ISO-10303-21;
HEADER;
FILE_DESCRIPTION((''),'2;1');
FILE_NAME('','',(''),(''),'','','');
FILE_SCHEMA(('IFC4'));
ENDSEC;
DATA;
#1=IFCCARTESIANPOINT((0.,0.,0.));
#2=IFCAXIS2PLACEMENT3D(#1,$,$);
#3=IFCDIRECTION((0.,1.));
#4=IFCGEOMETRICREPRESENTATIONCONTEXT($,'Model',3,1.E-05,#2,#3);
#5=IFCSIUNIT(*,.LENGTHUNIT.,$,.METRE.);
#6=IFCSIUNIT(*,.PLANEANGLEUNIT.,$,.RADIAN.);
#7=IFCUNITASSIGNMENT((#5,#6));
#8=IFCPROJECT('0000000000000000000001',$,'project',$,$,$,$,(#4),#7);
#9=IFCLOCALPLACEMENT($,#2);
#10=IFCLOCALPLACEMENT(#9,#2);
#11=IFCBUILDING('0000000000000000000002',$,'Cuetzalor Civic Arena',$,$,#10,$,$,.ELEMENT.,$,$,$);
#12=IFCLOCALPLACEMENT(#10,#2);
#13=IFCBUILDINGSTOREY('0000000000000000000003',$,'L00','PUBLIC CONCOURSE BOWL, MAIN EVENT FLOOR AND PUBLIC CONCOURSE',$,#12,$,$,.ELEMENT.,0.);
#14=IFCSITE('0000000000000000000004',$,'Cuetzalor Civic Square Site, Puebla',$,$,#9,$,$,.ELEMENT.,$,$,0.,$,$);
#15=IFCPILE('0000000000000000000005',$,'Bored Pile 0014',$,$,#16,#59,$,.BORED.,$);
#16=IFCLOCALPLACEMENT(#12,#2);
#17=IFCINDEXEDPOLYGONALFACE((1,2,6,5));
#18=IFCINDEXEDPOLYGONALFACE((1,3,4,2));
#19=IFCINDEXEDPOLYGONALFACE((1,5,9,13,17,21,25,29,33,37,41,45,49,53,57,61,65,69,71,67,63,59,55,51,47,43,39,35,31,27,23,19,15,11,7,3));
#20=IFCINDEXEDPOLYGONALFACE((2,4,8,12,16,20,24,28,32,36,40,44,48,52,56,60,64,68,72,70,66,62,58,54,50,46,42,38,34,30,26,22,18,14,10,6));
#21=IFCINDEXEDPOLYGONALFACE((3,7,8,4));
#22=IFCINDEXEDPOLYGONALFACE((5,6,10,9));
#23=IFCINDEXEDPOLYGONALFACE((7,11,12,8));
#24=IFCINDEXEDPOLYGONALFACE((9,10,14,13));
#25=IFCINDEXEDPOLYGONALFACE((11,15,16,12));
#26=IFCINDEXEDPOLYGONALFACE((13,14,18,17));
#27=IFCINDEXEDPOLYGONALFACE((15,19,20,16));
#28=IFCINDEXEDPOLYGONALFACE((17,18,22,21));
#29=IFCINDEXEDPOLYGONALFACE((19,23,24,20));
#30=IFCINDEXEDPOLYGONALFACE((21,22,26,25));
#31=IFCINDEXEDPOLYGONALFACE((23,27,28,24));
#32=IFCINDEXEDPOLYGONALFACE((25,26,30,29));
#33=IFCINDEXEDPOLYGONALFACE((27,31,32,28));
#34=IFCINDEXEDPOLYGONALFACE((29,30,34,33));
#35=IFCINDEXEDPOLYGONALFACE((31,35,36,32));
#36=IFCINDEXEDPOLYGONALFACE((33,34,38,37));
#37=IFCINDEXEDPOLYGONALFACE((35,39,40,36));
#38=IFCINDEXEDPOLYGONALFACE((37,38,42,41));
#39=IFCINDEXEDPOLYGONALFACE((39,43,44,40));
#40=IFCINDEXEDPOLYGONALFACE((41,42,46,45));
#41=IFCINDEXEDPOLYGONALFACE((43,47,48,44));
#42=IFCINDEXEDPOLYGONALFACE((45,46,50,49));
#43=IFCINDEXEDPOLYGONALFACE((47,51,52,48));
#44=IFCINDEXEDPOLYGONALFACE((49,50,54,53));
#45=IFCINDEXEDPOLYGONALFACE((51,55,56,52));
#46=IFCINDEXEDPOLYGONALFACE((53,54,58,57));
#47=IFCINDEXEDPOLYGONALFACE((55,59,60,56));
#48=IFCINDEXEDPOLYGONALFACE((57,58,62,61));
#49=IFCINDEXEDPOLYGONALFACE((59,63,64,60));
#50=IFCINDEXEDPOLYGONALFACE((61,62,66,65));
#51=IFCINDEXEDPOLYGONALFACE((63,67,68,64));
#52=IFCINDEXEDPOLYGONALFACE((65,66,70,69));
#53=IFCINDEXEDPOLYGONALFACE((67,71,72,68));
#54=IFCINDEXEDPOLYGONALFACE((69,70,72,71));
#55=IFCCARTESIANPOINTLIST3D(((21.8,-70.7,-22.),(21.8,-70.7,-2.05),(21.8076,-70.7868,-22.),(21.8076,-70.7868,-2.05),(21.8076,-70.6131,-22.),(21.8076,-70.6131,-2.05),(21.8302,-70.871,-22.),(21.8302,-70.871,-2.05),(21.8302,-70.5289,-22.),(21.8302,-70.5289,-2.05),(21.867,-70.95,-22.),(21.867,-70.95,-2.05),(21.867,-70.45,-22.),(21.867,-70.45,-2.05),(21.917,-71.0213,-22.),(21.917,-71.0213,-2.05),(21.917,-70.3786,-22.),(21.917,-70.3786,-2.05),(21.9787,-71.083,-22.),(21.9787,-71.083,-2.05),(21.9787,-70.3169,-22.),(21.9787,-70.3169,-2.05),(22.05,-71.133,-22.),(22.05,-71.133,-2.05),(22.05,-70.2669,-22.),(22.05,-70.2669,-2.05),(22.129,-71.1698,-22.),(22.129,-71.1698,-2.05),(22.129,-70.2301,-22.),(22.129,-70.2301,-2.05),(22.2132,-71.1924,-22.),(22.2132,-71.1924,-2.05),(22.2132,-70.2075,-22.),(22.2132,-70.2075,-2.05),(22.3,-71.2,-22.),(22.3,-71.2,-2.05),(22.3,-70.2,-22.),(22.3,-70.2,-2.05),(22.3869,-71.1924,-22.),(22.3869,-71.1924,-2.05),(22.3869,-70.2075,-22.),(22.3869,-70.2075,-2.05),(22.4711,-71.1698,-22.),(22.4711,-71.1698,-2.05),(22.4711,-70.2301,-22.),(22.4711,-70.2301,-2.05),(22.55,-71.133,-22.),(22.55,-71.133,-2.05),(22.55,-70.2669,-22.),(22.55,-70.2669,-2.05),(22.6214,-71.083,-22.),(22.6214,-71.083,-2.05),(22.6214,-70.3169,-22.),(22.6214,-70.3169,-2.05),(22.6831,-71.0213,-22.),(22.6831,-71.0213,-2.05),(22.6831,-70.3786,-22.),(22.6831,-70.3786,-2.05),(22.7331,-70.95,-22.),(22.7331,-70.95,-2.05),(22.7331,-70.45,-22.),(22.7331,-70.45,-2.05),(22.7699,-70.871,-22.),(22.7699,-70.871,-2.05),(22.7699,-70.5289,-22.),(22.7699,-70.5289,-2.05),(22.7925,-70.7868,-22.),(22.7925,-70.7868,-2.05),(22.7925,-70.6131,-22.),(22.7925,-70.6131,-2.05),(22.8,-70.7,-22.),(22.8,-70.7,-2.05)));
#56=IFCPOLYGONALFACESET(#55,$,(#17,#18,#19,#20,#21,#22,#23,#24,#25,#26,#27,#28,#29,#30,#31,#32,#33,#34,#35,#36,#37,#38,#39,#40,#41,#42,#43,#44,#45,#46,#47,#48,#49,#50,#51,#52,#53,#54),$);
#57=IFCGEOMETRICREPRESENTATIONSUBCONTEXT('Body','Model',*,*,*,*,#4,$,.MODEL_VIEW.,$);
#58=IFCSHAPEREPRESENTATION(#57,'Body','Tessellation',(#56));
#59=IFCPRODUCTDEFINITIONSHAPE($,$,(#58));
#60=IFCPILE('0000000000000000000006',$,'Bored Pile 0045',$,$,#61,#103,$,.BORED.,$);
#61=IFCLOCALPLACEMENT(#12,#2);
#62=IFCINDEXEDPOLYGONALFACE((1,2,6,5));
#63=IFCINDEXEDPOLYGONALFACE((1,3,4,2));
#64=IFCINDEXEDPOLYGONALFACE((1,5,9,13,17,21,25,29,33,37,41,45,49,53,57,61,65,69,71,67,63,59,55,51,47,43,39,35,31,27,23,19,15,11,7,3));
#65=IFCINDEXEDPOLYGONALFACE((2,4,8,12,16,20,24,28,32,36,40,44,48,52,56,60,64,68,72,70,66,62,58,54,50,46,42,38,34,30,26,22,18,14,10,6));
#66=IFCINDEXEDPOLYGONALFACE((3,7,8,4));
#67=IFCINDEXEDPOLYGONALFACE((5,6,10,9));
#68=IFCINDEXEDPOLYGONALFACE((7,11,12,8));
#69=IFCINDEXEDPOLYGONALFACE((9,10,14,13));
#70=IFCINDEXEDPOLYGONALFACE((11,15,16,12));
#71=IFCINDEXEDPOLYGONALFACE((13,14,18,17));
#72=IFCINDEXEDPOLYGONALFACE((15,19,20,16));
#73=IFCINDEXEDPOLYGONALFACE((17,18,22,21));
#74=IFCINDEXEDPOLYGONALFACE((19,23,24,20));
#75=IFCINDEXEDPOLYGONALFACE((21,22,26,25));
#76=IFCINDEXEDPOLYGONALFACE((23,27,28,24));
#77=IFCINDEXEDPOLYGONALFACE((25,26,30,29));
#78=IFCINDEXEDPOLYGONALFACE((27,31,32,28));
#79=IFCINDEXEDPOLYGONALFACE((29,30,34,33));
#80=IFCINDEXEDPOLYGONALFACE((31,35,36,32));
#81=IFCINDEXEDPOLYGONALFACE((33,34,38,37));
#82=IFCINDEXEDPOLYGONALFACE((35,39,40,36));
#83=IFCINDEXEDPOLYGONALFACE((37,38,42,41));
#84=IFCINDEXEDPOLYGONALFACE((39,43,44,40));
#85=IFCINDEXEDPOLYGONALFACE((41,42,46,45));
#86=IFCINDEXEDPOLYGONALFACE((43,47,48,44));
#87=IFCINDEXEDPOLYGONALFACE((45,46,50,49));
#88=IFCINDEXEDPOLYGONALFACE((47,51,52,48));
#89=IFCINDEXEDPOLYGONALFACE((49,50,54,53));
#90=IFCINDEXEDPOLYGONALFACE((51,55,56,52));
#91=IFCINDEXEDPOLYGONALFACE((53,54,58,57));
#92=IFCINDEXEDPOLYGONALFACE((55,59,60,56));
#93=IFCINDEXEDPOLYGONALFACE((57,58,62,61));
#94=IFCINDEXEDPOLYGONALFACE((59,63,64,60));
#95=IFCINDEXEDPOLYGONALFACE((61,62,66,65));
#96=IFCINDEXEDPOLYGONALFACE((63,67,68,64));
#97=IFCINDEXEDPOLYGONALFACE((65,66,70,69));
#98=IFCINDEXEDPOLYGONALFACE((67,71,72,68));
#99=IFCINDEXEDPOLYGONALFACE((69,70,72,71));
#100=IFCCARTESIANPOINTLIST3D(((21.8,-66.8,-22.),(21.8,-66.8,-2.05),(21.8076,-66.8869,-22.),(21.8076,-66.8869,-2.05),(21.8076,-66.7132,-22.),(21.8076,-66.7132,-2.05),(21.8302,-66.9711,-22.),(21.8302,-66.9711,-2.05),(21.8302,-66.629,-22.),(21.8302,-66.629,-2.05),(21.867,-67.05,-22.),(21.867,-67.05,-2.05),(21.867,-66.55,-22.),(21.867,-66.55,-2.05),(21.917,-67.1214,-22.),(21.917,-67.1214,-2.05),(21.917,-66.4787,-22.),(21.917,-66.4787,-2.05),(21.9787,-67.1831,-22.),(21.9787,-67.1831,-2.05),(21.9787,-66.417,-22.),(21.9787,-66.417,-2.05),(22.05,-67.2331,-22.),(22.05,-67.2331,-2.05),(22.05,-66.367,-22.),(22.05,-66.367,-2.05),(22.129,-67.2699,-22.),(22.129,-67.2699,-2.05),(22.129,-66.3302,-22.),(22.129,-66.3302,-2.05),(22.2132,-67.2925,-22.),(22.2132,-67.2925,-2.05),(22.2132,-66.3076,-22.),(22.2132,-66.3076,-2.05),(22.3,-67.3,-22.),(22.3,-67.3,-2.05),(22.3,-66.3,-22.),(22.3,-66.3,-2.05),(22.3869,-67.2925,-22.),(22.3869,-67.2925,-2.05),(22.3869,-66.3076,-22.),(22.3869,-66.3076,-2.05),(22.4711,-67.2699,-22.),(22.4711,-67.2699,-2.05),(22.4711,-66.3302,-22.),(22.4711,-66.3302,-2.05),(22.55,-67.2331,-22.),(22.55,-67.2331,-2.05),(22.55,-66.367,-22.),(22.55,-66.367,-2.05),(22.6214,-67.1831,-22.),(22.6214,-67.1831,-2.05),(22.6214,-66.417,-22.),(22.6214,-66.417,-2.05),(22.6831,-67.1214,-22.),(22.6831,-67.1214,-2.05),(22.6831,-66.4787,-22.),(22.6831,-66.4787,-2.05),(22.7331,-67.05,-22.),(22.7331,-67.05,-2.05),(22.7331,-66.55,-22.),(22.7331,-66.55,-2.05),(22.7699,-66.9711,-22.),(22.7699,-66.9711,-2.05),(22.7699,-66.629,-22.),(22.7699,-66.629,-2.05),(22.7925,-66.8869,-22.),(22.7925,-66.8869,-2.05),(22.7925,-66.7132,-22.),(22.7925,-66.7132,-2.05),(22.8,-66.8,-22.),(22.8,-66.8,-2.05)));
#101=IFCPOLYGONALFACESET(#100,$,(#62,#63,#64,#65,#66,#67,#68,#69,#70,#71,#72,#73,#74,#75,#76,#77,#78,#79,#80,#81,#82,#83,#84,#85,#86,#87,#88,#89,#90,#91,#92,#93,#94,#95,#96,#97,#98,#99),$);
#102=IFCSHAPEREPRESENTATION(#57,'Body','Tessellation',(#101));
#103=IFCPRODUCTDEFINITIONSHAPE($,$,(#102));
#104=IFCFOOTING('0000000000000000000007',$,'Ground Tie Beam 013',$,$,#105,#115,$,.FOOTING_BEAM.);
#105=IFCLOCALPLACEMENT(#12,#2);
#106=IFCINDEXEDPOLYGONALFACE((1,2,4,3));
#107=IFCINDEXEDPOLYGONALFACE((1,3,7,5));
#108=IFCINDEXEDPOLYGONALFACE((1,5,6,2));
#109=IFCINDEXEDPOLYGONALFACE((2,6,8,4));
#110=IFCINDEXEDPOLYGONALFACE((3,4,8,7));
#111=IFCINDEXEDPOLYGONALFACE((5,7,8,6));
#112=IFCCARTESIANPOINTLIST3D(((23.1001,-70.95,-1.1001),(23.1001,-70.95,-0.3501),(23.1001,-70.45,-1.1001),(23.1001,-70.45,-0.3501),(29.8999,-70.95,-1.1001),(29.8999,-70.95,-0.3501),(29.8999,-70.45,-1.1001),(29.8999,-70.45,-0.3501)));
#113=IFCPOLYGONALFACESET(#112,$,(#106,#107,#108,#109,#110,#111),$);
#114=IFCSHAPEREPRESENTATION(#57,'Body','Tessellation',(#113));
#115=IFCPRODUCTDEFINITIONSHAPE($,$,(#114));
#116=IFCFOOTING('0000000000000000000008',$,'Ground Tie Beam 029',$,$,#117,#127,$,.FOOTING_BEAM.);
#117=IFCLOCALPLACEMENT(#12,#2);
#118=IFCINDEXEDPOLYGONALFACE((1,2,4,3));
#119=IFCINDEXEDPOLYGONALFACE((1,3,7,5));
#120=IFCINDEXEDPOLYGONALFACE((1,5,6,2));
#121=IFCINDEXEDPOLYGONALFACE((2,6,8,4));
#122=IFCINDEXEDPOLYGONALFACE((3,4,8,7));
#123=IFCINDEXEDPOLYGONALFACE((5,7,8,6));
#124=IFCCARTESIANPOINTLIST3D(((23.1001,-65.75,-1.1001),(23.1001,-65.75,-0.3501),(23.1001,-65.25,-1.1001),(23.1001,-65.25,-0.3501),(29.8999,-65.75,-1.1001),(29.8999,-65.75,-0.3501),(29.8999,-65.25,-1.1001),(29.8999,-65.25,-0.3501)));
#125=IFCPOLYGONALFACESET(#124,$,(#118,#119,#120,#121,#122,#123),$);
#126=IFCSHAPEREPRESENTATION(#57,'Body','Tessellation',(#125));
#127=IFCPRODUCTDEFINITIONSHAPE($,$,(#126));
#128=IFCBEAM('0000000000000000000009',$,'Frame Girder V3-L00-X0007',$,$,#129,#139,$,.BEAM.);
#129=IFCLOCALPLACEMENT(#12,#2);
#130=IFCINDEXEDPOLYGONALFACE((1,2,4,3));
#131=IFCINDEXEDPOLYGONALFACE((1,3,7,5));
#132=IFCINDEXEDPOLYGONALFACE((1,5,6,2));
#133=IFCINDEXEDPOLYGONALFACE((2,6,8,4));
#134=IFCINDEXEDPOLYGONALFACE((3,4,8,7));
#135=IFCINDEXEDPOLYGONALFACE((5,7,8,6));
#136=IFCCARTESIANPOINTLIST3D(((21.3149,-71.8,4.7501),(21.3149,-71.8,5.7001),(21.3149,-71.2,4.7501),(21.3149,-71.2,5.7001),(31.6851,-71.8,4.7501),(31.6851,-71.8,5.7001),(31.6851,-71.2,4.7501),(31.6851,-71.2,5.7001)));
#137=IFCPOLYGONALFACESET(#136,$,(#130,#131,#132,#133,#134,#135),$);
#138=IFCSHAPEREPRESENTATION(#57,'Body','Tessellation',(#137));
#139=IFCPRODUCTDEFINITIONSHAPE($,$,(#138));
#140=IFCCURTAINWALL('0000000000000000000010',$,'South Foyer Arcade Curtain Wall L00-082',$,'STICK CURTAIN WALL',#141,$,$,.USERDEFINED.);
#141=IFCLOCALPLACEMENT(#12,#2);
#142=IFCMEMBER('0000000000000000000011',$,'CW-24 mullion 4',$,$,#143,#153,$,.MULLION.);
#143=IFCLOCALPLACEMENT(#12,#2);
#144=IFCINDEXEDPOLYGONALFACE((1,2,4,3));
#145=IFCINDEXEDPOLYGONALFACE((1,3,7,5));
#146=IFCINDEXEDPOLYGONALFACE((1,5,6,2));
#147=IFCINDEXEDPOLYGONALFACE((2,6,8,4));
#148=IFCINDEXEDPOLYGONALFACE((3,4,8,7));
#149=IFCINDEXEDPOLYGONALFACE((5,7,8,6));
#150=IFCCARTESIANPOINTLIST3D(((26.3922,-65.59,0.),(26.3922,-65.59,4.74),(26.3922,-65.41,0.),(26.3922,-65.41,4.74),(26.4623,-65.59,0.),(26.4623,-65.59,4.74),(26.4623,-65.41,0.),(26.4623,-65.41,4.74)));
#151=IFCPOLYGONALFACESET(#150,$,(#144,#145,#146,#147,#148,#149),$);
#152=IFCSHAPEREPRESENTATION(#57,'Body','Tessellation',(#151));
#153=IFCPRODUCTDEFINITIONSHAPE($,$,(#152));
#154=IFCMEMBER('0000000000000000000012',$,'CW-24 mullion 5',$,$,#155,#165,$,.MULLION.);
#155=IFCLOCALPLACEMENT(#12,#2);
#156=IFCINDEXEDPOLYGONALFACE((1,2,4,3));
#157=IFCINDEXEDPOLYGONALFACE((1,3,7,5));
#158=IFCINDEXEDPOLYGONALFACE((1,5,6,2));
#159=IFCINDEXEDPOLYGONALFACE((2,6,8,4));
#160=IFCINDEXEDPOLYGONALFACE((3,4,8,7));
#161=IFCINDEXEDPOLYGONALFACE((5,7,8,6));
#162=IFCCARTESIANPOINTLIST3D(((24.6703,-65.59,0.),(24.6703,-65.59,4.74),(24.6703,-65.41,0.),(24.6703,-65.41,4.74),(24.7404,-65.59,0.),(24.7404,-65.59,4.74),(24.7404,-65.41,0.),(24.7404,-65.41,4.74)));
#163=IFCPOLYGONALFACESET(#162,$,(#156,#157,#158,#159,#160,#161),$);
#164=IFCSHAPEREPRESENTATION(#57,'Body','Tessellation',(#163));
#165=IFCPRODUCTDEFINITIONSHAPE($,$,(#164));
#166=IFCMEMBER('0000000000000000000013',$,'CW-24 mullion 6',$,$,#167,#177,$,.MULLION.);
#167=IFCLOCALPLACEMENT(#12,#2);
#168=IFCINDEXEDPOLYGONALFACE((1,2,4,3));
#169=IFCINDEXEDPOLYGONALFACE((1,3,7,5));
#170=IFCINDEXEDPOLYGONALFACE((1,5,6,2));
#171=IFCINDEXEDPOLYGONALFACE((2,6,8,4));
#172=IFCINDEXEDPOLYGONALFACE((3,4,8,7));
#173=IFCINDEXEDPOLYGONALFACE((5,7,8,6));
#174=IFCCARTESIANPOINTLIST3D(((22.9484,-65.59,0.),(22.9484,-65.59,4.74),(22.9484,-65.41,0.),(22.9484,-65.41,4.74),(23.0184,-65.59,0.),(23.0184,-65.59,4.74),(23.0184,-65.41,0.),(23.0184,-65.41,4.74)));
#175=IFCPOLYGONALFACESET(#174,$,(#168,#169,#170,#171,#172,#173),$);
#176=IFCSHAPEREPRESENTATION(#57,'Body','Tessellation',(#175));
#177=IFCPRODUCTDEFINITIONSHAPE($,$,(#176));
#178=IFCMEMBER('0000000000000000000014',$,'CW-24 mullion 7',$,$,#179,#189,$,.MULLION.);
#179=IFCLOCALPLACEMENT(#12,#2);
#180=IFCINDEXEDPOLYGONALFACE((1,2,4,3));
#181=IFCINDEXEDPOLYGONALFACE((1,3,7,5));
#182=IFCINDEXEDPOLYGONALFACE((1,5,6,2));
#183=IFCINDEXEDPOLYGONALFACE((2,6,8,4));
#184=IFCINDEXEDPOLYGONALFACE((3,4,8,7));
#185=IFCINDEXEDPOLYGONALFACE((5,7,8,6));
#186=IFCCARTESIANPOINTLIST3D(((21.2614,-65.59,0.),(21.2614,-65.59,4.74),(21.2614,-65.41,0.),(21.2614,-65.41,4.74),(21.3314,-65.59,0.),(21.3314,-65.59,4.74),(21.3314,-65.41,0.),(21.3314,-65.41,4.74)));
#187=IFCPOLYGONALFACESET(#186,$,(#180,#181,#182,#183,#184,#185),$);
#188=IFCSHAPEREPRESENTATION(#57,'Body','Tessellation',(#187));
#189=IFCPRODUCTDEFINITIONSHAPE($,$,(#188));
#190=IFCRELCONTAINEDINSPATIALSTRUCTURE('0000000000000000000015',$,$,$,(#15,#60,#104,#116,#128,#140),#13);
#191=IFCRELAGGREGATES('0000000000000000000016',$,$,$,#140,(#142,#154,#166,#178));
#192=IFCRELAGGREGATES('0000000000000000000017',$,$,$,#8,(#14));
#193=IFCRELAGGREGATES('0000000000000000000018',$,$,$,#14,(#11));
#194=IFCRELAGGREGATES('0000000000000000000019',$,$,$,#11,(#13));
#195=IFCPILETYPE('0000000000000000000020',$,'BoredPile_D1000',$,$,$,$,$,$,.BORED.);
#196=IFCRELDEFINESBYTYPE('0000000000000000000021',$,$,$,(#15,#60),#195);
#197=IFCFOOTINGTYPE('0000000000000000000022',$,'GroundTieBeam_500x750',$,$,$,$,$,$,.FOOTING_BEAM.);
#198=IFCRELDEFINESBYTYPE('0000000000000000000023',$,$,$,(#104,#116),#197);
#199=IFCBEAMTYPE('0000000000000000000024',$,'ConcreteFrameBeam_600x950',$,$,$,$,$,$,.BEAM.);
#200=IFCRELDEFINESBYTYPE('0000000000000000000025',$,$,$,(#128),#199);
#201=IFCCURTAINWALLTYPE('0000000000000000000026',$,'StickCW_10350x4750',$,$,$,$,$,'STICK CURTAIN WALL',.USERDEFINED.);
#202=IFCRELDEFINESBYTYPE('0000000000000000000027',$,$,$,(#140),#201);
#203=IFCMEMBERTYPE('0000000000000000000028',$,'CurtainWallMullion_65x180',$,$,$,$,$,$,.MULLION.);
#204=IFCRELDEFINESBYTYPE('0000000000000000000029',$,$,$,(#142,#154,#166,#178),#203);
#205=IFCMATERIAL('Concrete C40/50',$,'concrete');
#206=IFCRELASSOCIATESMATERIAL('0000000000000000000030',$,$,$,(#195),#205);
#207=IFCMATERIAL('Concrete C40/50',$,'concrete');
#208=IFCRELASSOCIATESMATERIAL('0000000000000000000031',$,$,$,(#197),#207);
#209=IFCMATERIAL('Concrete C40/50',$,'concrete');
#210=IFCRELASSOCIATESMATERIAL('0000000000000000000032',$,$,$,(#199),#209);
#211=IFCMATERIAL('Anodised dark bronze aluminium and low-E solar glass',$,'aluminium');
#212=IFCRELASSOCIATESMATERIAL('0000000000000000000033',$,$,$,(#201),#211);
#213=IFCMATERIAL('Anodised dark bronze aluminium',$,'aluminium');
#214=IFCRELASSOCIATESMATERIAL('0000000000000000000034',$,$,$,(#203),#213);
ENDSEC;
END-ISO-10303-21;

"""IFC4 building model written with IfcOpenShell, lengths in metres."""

from ifc_helpers import new_model, si_unit, direction, frame, origin, origin_2d, place, context, subcontext, project, spatial, rectangle, circle, extrude, material, material_profile, profile_set, type_object, element, aggregate, save


model = new_model("IFC4")

# Units and contexts
model_context = context("Model", 3, precision=1e-05, world=origin(), true_north=direction((0.0, 1.0)))
body_context = subcontext(model_context, "Body", "Model", "MODEL_VIEW")
ifc_project = project(units=[si_unit("LENGTHUNIT", "METRE"), si_unit("PLANEANGLEUNIT", "RADIAN")], contexts=[model_context])

# Site, building, storey
site_placement = place(None, origin())
site = spatial("IfcSite", under=ifc_project, at=site_placement, Name="Cuetzalor Civic Square Site, Puebla", CompositionType="ELEMENT", RefElevation=0.0)
building_placement = place(site_placement, origin())
building = spatial("IfcBuilding", under=site, at=building_placement, Name="Cuetzalor Civic Arena", CompositionType="ELEMENT")
storey_placement = place(building_placement, origin())
storey = spatial("IfcBuildingStorey", under=building, at=storey_placement, Name="L00", Description="PUBLIC CONCOURSE BOWL, MAIN EVENT FLOOR AND PUBLIC CONCOURSE", CompositionType="ELEMENT", Elevation=0.0)

# Piles
ifc_material_1 = material(Name="Concrete C40/50", Category="concrete")
ifc_material_profile_1 = material_profile(ifc_material_1, circle(Radius=0.5, at=origin_2d()), Name="BORED PILE D1000")
ifc_profile_set_1 = profile_set([ifc_material_profile_1], Name="Concrete C40/50")
pile_type = type_object("IfcPileType", Name="BoredPile_D1000", PredefinedType="BORED", material=ifc_profile_set_1)
for number, where, z_axis, x_axis, name in (
    (1, (22.3, -70.7, -2.05), (0.0, 0.0, -1.0), (1.0, 0.0, 0.0), "Bored Pile 0014"),
    (2, (22.3, -66.8, -2.05), (0.0, 0.0, -1.0), (1.0, 0.0, 0.0), "Bored Pile 0045"),
):
    element("IfcPile", number, at=place(storey_placement, frame(where, z_axis=z_axis, x_axis=x_axis)), inside=storey, type_object=pile_type, Name=name, PredefinedType="BORED", context=body_context, shape_type="SweptSolid", body=[
        extrude(circle(Radius=0.5, at=origin_2d()), origin(), (0.0, 0.0, 1.0), 19.95),
    ])

# Footings
ifc_material_2 = material(Name="Concrete C40/50", Category="concrete")
ifc_material_profile_2 = material_profile(ifc_material_2, rectangle(XDim=0.5, YDim=0.75, at=origin_2d()), Name="RC 500x750")
ifc_profile_set_2 = profile_set([ifc_material_profile_2], Name="Concrete C40/50")
footing_type = type_object("IfcFootingType", Name="GroundTieBeam_500x750", PredefinedType="FOOTING_BEAM", material=ifc_profile_set_2)
for number, where, z_axis, x_axis, name in (
    (3, (23.1001, -70.7, -0.7251), (1.0, 0.0, 0.0), (0.0, 1.0, 0.0), "Ground Tie Beam 013"),
    (4, (23.1001, -65.5, -0.7251), (1.0, 0.0, 0.0), (0.0, 1.0, 0.0), "Ground Tie Beam 029"),
):
    element("IfcFooting", number, at=place(storey_placement, frame(where, z_axis=z_axis, x_axis=x_axis)), inside=storey, type_object=footing_type, Name=name, PredefinedType="FOOTING_BEAM", context=body_context, shape_type="SweptSolid", body=[
        extrude(rectangle(XDim=0.5, YDim=0.75, at=origin_2d()), origin(), (0.0, 0.0, 1.0), 6.7998),
    ])

# Beam
ifc_material_3 = material(Name="Concrete C40/50", Category="concrete")
ifc_material_profile_3 = material_profile(ifc_material_3, rectangle(XDim=0.6001, YDim=0.95, at=origin_2d()), Name="RC 600x950")
ifc_profile_set_3 = profile_set([ifc_material_profile_3], Name="Concrete C40/50")
beam_type = type_object("IfcBeamType", Name="ConcreteFrameBeam_600x950", PredefinedType="BEAM", material=ifc_profile_set_3)
beam_placement = place(storey_placement, frame((21.3149, -71.5, 5.2251), z_axis=(1.0, 0.0, 0.0), x_axis=(0.0, 1.0, 0.0)))
element("IfcBeam", 5, at=beam_placement, inside=storey, type_object=beam_type, Name="Frame Girder V3-L00-X0007", PredefinedType="BEAM", context=body_context, shape_type="SweptSolid", body=[
    extrude(rectangle(XDim=0.6001, YDim=0.95, at=origin_2d()), origin(), (0.0, 0.0, 1.0), 10.3701),
])

# Curtain wall, members
ifc_material_4 = material(Name="Anodised dark bronze aluminium and low-E solar glass", Category="aluminium")
curtain_wall_type = type_object("IfcCurtainWallType", Name="StickCW_10350x4750", ElementType="STICK CURTAIN WALL", PredefinedType="USERDEFINED", material=ifc_material_4)
curtain_wall_placement = place(storey_placement, origin())
curtain_wall = element("IfcCurtainWall", 6, at=curtain_wall_placement, inside=storey, type_object=curtain_wall_type, Name="South Foyer Arcade Curtain Wall L00-082", ObjectType="STICK CURTAIN WALL", PredefinedType="USERDEFINED")
ifc_material_5 = material(Name="Anodised dark bronze aluminium", Category="aluminium")
ifc_material_profile_4 = material_profile(ifc_material_5, rectangle(XDim=0.0701, YDim=0.1799, at=origin_2d()), Name="ALU MULLION 70x180")
ifc_profile_set_4 = profile_set([ifc_material_profile_4], Name="Anodised dark bronze aluminium")
member_type_1 = type_object("IfcMemberType", Name="CurtainWallMullion_65x180", PredefinedType="MULLION", material=ifc_profile_set_4)
member_1_placement = place(storey_placement, frame((26.4272, -65.5, 0.0), z_axis=(0.0, 0.0, 1.0), x_axis=(-1.0, 0.0, 0.0)))
member_1 = element("IfcMember", 7, at=member_1_placement, type_object=member_type_1, Name="CW-24 mullion 4", PredefinedType="MULLION", context=body_context, shape_type="SweptSolid", body=[
    extrude(rectangle(XDim=0.0701, YDim=0.1799, at=origin_2d()), origin(), (0.0, 0.0, 1.0), 4.74),
])
member_2_placement = place(storey_placement, frame((24.7053, -65.5, 0.0), z_axis=(0.0, 0.0, 1.0), x_axis=(-1.0, 0.0, 0.0)))
member_2 = element("IfcMember", 8, at=member_2_placement, type_object=member_type_1, Name="CW-24 mullion 5", PredefinedType="MULLION", context=body_context, shape_type="SweptSolid", body=[
    extrude(rectangle(XDim=0.0701, YDim=0.1799, at=origin_2d()), origin(), (0.0, 0.0, 1.0), 4.74),
])
member_3_placement = place(storey_placement, frame((22.9834, -65.5, 0.0), z_axis=(0.0, 0.0, 1.0), x_axis=(-1.0, 0.0, 0.0)))
member_3 = element("IfcMember", 9, at=member_3_placement, type_object=member_type_1, Name="CW-24 mullion 6", PredefinedType="MULLION", context=body_context, shape_type="SweptSolid", body=[
    extrude(rectangle(XDim=0.0701, YDim=0.1799, at=origin_2d()), origin(), (0.0, 0.0, 1.0), 4.74),
])
member_4_placement = place(storey_placement, frame((21.2964, -65.5, 0.0), z_axis=(0.0, 0.0, 1.0), x_axis=(-1.0, 0.0, 0.0)))
member_4 = element("IfcMember", 10, at=member_4_placement, type_object=member_type_1, Name="CW-24 mullion 7", PredefinedType="MULLION", context=body_context, shape_type="SweptSolid", body=[
    extrude(rectangle(XDim=0.0701, YDim=0.1799, at=origin_2d()), origin(), (0.0, 0.0, 1.0), 4.74),
])
aggregate(curtain_wall, [member_1, member_2, member_3, member_4])

save(model, "model.ifc")
